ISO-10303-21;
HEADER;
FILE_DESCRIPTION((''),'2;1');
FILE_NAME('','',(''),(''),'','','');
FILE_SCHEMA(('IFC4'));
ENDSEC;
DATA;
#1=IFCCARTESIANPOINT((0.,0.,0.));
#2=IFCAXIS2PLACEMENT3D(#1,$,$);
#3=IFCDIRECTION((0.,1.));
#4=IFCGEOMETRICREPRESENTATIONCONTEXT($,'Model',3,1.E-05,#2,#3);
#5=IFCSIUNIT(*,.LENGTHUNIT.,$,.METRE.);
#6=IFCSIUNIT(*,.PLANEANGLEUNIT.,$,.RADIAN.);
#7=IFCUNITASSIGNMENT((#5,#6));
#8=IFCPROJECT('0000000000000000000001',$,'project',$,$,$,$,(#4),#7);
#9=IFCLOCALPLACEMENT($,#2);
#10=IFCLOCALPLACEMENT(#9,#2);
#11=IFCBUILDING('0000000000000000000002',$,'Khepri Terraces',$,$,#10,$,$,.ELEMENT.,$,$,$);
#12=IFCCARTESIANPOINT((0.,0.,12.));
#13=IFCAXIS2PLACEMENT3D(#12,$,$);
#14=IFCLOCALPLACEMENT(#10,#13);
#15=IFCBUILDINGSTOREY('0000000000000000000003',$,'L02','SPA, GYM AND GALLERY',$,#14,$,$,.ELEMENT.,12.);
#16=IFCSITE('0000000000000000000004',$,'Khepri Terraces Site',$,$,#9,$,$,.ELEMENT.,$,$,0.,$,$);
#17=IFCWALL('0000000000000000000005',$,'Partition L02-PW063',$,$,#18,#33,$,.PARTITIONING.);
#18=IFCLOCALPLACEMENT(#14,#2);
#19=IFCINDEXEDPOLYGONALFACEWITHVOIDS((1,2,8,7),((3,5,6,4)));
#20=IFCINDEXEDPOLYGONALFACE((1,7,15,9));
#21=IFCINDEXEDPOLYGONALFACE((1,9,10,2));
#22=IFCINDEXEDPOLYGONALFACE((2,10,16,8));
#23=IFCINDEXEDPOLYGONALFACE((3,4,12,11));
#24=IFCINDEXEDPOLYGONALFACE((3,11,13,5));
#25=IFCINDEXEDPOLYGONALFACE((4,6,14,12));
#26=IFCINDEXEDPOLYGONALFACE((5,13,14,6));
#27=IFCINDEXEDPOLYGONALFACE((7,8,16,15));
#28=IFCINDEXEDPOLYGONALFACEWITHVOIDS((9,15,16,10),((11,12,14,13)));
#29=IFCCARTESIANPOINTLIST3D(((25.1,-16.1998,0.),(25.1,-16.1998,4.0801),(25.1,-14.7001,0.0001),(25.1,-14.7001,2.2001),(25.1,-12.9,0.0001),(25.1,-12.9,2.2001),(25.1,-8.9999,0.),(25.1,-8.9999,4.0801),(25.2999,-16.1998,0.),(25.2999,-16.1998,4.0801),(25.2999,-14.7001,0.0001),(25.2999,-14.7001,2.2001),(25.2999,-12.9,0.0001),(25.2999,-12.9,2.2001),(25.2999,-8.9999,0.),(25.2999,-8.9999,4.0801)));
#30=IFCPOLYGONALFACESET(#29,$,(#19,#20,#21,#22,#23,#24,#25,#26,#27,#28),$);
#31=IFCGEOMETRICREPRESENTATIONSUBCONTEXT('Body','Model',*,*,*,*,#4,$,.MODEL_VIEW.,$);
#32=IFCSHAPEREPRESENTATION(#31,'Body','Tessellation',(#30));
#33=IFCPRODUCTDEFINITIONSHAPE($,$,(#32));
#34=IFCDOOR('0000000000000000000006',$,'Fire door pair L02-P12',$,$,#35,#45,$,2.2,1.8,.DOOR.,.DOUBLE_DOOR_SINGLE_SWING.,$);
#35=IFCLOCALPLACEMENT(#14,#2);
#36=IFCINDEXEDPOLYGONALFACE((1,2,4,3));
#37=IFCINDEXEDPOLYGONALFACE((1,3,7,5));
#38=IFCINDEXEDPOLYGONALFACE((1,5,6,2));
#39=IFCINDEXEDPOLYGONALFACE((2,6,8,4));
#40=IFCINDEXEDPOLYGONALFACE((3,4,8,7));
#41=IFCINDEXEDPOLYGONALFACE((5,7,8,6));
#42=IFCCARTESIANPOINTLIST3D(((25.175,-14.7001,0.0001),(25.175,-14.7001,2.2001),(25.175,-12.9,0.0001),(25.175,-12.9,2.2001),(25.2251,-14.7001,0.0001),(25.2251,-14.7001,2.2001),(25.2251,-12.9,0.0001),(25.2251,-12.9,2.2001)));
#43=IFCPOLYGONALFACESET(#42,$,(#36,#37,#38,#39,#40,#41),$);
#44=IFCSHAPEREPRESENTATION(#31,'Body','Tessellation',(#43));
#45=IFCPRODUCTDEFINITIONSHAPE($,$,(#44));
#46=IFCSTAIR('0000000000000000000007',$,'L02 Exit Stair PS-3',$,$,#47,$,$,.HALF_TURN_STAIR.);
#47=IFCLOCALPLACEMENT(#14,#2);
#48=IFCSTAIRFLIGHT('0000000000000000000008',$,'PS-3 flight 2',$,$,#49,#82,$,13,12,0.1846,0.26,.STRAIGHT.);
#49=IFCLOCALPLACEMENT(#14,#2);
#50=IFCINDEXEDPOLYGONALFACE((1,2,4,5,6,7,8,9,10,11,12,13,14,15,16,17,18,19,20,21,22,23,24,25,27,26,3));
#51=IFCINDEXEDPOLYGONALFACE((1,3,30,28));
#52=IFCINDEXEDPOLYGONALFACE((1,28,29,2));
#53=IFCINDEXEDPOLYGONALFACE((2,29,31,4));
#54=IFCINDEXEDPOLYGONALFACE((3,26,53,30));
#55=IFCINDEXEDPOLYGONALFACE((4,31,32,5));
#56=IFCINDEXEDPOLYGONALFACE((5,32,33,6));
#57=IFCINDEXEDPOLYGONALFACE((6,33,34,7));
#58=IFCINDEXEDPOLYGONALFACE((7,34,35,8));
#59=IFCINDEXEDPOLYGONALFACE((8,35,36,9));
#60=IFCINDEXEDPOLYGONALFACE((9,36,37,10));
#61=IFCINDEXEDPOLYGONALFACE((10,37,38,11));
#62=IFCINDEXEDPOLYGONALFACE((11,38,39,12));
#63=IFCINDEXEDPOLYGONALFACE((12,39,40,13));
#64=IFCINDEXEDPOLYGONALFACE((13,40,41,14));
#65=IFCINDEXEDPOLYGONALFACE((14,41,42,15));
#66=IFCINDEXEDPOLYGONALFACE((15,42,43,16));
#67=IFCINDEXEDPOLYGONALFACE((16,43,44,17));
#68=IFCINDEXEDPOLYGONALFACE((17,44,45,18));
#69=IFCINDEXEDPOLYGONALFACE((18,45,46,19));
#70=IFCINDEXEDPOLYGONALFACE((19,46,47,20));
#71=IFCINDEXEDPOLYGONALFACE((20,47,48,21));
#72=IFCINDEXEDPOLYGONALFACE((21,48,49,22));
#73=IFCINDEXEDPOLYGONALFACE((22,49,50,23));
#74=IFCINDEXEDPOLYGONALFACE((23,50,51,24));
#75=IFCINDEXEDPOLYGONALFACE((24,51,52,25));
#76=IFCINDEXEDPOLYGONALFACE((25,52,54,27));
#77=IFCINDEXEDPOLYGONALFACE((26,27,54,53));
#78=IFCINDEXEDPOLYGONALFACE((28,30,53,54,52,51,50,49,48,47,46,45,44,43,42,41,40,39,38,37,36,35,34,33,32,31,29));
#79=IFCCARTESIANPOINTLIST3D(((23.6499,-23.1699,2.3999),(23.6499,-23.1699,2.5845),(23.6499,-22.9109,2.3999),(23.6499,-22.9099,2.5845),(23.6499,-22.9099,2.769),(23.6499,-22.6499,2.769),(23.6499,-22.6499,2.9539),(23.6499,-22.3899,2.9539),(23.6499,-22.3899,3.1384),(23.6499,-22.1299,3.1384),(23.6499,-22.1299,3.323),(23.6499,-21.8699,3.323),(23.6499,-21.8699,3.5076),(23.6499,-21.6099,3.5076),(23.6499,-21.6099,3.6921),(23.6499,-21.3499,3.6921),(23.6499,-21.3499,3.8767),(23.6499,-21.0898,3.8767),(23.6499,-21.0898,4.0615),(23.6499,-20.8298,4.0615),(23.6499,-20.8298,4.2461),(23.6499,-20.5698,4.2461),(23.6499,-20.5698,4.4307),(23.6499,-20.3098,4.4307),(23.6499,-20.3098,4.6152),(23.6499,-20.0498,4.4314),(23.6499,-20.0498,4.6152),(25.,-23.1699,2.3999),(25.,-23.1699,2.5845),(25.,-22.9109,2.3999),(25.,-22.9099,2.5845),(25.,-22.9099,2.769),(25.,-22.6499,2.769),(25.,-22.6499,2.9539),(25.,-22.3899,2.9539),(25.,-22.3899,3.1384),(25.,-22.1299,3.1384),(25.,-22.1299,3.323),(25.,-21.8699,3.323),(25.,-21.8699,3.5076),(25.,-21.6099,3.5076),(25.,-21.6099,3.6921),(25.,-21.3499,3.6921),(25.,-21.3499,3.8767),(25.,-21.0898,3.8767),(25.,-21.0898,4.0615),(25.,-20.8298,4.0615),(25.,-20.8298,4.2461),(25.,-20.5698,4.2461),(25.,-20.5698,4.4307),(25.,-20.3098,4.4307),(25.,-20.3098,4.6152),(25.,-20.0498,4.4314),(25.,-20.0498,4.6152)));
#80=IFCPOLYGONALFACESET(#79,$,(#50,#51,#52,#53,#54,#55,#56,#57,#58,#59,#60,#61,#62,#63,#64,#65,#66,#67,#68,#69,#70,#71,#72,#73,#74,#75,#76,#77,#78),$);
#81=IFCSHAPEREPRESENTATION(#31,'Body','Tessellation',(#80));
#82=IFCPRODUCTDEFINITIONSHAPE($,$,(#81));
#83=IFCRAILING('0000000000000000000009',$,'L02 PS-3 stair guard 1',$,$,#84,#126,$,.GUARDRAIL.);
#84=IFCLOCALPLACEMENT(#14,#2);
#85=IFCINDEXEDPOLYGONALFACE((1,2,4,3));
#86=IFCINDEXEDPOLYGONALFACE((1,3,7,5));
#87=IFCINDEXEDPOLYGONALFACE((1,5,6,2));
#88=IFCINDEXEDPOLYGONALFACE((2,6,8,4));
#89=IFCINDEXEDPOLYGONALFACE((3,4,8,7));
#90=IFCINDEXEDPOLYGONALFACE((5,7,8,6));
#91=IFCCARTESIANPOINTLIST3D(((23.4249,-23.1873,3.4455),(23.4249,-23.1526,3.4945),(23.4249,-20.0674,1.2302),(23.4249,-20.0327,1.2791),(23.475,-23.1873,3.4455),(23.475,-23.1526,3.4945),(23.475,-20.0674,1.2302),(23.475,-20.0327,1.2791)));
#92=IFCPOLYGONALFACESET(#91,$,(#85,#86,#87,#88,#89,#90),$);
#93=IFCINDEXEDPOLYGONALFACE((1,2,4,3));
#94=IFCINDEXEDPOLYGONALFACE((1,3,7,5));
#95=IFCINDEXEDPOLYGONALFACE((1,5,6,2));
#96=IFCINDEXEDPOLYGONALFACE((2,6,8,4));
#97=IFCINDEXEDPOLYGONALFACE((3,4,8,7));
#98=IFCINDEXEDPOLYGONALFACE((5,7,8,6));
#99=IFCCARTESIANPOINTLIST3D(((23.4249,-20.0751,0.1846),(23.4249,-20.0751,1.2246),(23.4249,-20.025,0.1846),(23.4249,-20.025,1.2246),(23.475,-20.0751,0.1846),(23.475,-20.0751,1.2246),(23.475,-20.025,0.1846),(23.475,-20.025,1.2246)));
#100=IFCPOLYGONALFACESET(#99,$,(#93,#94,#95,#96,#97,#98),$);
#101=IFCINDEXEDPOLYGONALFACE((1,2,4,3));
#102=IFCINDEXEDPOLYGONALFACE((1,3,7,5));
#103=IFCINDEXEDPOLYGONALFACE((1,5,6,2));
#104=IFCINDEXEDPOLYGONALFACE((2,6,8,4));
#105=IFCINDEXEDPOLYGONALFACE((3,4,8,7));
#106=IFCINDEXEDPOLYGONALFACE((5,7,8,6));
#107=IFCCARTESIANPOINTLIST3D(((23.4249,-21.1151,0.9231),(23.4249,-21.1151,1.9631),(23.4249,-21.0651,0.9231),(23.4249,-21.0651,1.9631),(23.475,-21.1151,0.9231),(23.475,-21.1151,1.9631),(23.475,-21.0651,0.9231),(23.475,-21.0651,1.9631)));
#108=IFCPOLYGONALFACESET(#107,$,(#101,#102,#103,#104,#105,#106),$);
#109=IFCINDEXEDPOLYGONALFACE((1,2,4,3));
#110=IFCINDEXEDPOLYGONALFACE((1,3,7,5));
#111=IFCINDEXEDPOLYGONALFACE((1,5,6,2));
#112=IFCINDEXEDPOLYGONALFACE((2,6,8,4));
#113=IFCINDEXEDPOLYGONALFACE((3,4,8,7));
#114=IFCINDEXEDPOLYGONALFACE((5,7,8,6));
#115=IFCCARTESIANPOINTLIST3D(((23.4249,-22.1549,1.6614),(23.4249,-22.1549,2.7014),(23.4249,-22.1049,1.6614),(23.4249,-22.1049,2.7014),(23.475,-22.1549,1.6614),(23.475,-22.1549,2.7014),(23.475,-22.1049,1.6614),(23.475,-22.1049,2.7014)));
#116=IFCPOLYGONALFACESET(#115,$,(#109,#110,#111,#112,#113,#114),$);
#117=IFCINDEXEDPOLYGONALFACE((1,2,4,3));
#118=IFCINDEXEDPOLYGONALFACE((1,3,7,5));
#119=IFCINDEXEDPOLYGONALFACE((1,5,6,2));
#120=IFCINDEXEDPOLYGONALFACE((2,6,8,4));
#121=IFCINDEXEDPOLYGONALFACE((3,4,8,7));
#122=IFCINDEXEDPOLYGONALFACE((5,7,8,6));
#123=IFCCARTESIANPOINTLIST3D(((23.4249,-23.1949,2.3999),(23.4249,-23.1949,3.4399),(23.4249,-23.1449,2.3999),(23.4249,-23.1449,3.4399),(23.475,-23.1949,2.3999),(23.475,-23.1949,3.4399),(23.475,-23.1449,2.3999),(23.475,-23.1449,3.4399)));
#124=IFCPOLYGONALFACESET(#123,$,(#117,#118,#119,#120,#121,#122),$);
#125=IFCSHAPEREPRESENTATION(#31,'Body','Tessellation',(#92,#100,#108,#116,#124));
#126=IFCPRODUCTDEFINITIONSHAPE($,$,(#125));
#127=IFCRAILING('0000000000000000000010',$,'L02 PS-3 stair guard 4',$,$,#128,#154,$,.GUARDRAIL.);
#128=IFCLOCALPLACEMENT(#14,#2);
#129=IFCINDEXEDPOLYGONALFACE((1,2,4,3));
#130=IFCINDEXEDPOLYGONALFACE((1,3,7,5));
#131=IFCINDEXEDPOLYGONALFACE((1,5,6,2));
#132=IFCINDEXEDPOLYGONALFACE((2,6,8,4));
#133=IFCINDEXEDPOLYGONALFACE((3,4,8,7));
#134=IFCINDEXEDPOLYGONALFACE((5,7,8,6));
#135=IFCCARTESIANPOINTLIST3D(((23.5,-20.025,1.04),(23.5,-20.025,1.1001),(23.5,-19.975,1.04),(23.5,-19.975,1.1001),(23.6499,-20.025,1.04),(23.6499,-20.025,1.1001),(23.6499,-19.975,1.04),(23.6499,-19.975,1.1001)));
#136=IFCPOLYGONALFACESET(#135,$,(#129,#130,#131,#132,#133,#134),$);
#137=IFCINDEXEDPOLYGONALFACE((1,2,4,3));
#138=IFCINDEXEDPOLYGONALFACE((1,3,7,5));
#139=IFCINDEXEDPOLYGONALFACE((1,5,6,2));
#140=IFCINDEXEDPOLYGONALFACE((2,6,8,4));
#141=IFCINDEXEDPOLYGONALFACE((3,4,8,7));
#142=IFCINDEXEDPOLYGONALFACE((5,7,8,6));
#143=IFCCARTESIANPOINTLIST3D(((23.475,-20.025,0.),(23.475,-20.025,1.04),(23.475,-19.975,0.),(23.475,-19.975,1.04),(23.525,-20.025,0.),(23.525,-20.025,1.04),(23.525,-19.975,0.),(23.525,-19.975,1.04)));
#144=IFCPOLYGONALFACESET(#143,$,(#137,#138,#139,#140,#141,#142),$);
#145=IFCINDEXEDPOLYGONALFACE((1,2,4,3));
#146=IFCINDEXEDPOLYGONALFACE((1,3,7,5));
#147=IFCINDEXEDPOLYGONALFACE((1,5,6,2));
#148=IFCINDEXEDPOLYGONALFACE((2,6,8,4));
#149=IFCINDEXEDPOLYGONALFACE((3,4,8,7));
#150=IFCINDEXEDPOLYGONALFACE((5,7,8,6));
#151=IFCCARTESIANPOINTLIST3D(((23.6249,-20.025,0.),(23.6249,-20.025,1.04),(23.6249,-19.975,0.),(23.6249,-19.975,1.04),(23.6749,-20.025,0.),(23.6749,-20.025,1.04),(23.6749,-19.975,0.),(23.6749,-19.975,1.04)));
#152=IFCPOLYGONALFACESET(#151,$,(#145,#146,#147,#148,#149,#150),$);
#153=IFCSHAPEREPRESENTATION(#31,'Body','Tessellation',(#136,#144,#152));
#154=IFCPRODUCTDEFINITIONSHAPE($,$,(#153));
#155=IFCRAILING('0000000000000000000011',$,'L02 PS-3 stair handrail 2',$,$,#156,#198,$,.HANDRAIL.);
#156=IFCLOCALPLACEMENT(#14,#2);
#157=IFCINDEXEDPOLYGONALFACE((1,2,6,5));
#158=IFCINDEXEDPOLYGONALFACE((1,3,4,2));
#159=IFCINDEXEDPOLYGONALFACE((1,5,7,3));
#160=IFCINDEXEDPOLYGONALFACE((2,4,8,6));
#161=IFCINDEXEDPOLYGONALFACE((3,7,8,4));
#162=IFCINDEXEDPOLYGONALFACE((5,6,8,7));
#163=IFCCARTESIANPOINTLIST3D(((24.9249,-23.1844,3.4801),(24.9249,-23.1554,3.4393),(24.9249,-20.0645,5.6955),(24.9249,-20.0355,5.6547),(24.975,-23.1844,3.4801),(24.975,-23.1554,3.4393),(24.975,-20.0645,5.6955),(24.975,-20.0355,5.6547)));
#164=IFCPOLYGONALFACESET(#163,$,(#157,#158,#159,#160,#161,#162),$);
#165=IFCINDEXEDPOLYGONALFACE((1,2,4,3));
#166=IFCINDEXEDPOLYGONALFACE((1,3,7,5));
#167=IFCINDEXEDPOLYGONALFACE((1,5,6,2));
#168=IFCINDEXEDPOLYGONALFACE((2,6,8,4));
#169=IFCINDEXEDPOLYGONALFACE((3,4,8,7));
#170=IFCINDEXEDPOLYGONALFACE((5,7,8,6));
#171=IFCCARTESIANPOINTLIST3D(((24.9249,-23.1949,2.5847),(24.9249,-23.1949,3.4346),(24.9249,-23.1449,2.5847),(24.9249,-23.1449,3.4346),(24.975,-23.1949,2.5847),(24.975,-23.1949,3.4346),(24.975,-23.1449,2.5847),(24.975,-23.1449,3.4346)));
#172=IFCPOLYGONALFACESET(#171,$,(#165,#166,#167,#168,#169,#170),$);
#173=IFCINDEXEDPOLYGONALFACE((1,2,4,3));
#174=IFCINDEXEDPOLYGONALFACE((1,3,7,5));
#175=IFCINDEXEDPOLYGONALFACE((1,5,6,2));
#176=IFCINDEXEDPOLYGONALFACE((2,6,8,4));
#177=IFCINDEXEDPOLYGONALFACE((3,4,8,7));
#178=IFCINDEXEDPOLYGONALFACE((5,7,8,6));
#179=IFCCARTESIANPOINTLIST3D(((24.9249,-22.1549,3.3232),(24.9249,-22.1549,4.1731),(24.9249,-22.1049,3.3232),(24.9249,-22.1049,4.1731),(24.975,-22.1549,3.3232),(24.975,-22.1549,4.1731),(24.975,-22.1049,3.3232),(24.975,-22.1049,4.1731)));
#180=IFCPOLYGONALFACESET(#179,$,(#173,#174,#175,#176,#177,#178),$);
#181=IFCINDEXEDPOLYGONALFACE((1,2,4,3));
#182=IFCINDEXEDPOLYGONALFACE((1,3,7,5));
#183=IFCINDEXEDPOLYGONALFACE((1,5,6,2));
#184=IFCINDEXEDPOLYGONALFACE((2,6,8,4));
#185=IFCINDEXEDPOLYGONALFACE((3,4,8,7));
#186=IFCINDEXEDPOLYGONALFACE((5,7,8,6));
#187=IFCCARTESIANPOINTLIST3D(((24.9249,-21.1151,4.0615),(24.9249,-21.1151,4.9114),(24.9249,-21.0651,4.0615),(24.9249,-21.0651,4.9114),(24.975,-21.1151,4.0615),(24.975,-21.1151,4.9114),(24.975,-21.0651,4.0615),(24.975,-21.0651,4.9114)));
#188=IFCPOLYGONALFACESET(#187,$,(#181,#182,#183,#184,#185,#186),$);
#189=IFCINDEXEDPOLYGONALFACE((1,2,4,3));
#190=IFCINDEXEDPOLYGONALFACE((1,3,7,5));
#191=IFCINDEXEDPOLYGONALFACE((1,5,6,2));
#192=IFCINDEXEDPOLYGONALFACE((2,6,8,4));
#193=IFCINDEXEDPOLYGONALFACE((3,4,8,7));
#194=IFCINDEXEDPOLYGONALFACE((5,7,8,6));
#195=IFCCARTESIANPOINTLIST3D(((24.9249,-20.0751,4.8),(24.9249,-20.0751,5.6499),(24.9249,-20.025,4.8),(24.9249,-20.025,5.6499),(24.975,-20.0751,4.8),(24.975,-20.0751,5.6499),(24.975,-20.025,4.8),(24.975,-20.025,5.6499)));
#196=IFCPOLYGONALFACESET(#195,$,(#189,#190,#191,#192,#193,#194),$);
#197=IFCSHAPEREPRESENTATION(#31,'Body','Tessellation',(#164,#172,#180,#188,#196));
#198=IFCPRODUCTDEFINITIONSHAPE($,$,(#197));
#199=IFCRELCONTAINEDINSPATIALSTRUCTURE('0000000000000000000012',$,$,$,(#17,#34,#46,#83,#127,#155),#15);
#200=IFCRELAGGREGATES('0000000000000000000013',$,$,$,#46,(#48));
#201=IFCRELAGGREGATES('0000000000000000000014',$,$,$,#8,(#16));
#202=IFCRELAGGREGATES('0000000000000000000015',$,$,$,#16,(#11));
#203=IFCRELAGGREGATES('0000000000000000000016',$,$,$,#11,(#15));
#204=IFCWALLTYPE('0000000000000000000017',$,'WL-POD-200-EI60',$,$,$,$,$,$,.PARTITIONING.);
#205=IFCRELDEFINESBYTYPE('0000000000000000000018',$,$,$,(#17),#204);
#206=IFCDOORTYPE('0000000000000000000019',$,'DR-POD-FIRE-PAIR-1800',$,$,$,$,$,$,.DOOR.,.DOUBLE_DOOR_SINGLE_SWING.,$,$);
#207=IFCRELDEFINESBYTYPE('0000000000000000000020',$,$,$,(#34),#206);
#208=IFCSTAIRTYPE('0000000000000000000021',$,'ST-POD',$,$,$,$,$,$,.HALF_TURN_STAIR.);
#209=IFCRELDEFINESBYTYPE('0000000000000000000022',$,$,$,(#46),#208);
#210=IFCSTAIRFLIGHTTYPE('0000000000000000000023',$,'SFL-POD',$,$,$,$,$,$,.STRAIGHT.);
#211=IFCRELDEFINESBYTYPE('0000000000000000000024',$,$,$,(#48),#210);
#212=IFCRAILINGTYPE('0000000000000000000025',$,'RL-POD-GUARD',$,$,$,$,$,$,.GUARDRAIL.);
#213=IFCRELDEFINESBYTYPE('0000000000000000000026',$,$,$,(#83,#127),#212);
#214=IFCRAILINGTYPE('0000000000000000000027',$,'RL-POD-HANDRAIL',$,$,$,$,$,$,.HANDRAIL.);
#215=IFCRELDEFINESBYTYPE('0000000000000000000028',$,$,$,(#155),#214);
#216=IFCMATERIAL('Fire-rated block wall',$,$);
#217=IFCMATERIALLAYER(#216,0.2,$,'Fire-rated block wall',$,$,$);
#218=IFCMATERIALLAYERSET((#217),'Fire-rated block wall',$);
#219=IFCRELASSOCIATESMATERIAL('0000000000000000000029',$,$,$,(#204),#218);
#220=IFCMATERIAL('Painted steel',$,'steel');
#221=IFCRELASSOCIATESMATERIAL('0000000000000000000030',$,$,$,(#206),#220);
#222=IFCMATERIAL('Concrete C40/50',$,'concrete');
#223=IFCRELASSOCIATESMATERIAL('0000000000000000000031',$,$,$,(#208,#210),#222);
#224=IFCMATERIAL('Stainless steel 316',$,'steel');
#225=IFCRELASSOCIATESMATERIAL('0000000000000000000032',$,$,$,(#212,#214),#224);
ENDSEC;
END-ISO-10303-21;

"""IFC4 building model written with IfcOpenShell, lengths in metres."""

from ifc_helpers import new_model, si_unit, direction, frame, frame_2d, origin, origin_2d, place, context, subcontext, project, spatial, polyline, rectangle, outline, extrude, material, layer, layer_set, type_object, element, fill, aggregate, save


model = new_model("IFC4")

# Units and contexts
model_context = context("Model", 3, precision=1e-05, world=origin(), true_north=direction((0.0, 1.0)))
body_context = subcontext(model_context, "Body", "Model", "MODEL_VIEW")
ifc_project = project(units=[si_unit("LENGTHUNIT", "METRE"), si_unit("PLANEANGLEUNIT", "RADIAN")], contexts=[model_context])

# Site, building, storey
site_placement = place(None, origin())
site = spatial("IfcSite", under=ifc_project, at=site_placement, Name="Khepri Terraces Site", CompositionType="ELEMENT", RefElevation=0.0)
building_placement = place(site_placement, origin())
building = spatial("IfcBuilding", under=site, at=building_placement, Name="Khepri Terraces", CompositionType="ELEMENT")
storey_placement = place(building_placement, frame((0.0, 0.0, 12.0)))
storey = spatial("IfcBuildingStorey", under=building, at=storey_placement, Name="L02", Description="SPA, GYM AND GALLERY", CompositionType="ELEMENT", Elevation=12.0)

# Shared definitions
ifc_material_1 = material(Name="Fire-rated block wall")
ifc_layer_1 = layer(ifc_material_1, 0.2, Name="Fire-rated block wall")
ifc_layer_set_1 = layer_set([ifc_layer_1], Name="Fire-rated block wall")
wall_type = type_object("IfcWallType", Name="WL-POD-200-EI60", PredefinedType="PARTITIONING", material=ifc_layer_set_1)

# Wall, opening, door
wall_1_placement = place(storey_placement, frame((25.2, -16.2, 0.0), z_axis=(0.0, 0.0, 1.0), x_axis=(0.0, 1.0, 0.0)))
wall_1 = element("IfcWall", 1, at=wall_1_placement, inside=storey, type_object=wall_type, Name="Partition L02-PW063", PredefinedType="PARTITIONING", context=body_context, shape_type="SweptSolid", body=[
    extrude(rectangle(XDim=7.2, YDim=0.2, at=frame_2d((3.6001, 0.0))), origin(), (0.0, 0.0, 1.0), 4.0801),
])
opening_placement = place(wall_1_placement, frame((1.5, 0.0, 0.0)))
opening = element("IfcOpeningElement", 2, at=opening_placement, cuts=wall_1, PredefinedType="OPENING", context=body_context, shape_type="SweptSolid", body=[
    extrude(rectangle(XDim=1.8, YDim=2.2, at=frame_2d((0.8999, 1.1001))), frame((0.0, 0.1099, 0.0), z_axis=(0.0, -1.0, 0.0), x_axis=(1.0, 0.0, 0.0)), (0.0, 0.0, 1.0), 0.22),
])
ifc_material_2 = material(Name="Painted steel", Category="steel")
door_type = type_object("IfcDoorType", Name="DR-POD-FIRE-PAIR-1800", OperationType="DOUBLE_DOOR_SINGLE_SWING", PredefinedType="DOOR", material=ifc_material_2)
door_placement = place(opening_placement, origin())
door = element("IfcDoor", 3, at=door_placement, inside=storey, type_object=door_type, Name="Fire door pair L02-P12", OperationType="DOUBLE_DOOR_SINGLE_SWING", OverallHeight=2.2, OverallWidth=1.8, PredefinedType="DOOR", context=body_context, shape_type="SweptSolid", body=[
    extrude(rectangle(XDim=1.8, YDim=2.2, at=frame_2d((0.8999, 1.1001))), frame((0.0, 0.0249, 0.0), z_axis=(0.0, -1.0, 0.0), x_axis=(1.0, 0.0, 0.0)), (0.0, 0.0, 1.0), 0.05),
])
fill(opening, door)

# Stair, stair flight
ifc_material_3 = material(Name="Concrete C40/50", Category="concrete")
stair_type = type_object("IfcStairType", Name="ST-POD", PredefinedType="HALF_TURN_STAIR", material=ifc_material_3)
stair_placement = place(storey_placement, origin())
stair = element("IfcStair", 4, at=stair_placement, inside=storey, type_object=stair_type, Name="L02 Exit Stair PS-3", PredefinedType="HALF_TURN_STAIR")
stair_flight_type = type_object("IfcStairFlightType", Name="SFL-POD", PredefinedType="STRAIGHT", material=ifc_material_3)
stair_flight_placement = place(storey_placement, frame((24.325, -23.1699, 2.3999), z_axis=(0.0, 0.0, 1.0), x_axis=(0.0, 1.0, 0.0)))
stair_flight = element("IfcStairFlight", 5, at=stair_flight_placement, type_object=stair_flight_type, Name="PS-3 flight 2", NumberOfRisers=13, NumberOfTreads=12, PredefinedType="STRAIGHT", RiserHeight=0.1846, TreadLength=0.26, context=body_context, shape_type="SweptSolid", body=[
    extrude(outline(polyline([(0.0, 0.0), (0.0, 0.1846), (0.26, 0.1846), (0.26, 0.3691), (0.52, 0.3691), (0.52, 0.554), (0.78, 0.554), (0.78, 0.7385), (1.04, 0.7385), (1.04, 0.9231), (1.3, 0.9231), (1.3, 1.1077), (1.5601, 1.1077), (1.5601, 1.2922), (1.8201, 1.2922), (1.8201, 1.4768), (2.0801, 1.4768), (2.0801, 1.6616), (2.3401, 1.6616), (2.3401, 1.8462), (2.6001, 1.8462), (2.6001, 2.0308), (2.8601, 2.0308), (2.8601, 2.2153), (3.1201, 2.2153), (3.1201, 2.3999), (3.1201, 2.0315), (0.259, 0.0), (0.0, 0.0)])), frame((0.0, 0.675, 0.0), z_axis=(0.0, -1.0, 0.0), x_axis=(1.0, 0.0, 0.0)), (0.0, 0.0, 1.0), 1.3501),
])
aggregate(stair, [stair_flight])

# Railings
ifc_material_4 = material(Name="Stainless steel 316", Category="steel")
railing_type_1 = type_object("IfcRailingType", Name="RL-POD-GUARD", PredefinedType="GUARDRAIL", material=ifc_material_4)
railing_1_placement = place(storey_placement, frame((23.45, -20.05, 0.1846)))
element("IfcRailing", 6, at=railing_1_placement, inside=storey, type_object=railing_type_1, Name="L02 PS-3 stair guard 1", PredefinedType="GUARDRAIL", context=body_context, shape_type="SweptSolid", body=[
    extrude(rectangle(XDim=0.05, YDim=0.0601, at=origin_2d()), frame((0.0, 0.0, 1.0701), z_axis=(0.0, -0.815356, 0.578961), x_axis=(1.0, 0.0, 0.0)), (0.0, 0.0, 1.0), 3.8264),
    extrude(rectangle(XDim=0.05, YDim=0.05, at=origin_2d()), origin(), (0.0, 0.0, 1.0), 1.04),
    extrude(rectangle(XDim=0.05, YDim=0.05, at=origin_2d()), frame((0.0, -1.04, 0.7385)), (0.0, 0.0, 1.0), 1.04),
    extrude(rectangle(XDim=0.05, YDim=0.05, at=origin_2d()), frame((0.0, -2.0798, 1.4768)), (0.0, 0.0, 1.0), 1.04),
    extrude(rectangle(XDim=0.05, YDim=0.05, at=origin_2d()), frame((0.0, -3.1199, 2.2153)), (0.0, 0.0, 1.0), 1.04),
])
railing_2_placement = place(storey_placement, frame((23.5, -20.0, 0.0)))
element("IfcRailing", 7, at=railing_2_placement, inside=storey, type_object=railing_type_1, Name="L02 PS-3 stair guard 4", PredefinedType="GUARDRAIL", context=body_context, shape_type="SweptSolid", body=[
    extrude(rectangle(XDim=0.05, YDim=0.0601, at=origin_2d()), frame((0.0, 0.0, 1.0701), z_axis=(1.0, 0.0, 0.0), x_axis=(0.0, 1.0, 0.0)), (0.0, 0.0, 1.0), 0.1499),
    extrude(rectangle(XDim=0.05, YDim=0.05, at=origin_2d()), origin(), (0.0, 0.0, 1.0), 1.04),
    extrude(rectangle(XDim=0.05, YDim=0.05, at=origin_2d()), frame((0.1499, 0.0, 0.0)), (0.0, 0.0, 1.0), 1.04),
])
railing_type_2 = type_object("IfcRailingType", Name="RL-POD-HANDRAIL", PredefinedType="HANDRAIL", material=ifc_material_4)
railing_3_placement = place(storey_placement, frame((24.95, -23.1699, 2.5847)))
element("IfcRailing", 8, at=railing_3_placement, inside=storey, type_object=railing_type_2, Name="L02 PS-3 stair handrail 2", PredefinedType="HANDRAIL", context=body_context, shape_type="SweptSolid", body=[
    extrude(rectangle(XDim=0.05, YDim=0.05, at=origin_2d()), frame((0.0, 0.0, 0.875), z_axis=(0.0, 0.815356, 0.578961), x_axis=(-1.0, 0.0, 0.0)), (0.0, 0.0, 1.0), 3.8264),
    extrude(rectangle(XDim=0.05, YDim=0.05, at=origin_2d()), origin(), (0.0, 0.0, 1.0), 0.8499),
    extrude(rectangle(XDim=0.05, YDim=0.05, at=origin_2d()), frame((0.0, 1.04, 0.7385)), (0.0, 0.0, 1.0), 0.8499),
    extrude(rectangle(XDim=0.05, YDim=0.05, at=origin_2d()), frame((0.0, 2.0798, 1.4768)), (0.0, 0.0, 1.0), 0.8499),
    extrude(rectangle(XDim=0.05, YDim=0.05, at=origin_2d()), frame((0.0, 3.1199, 2.2153)), (0.0, 0.0, 1.0), 0.8499),
])

save(model, "model.ifc")
